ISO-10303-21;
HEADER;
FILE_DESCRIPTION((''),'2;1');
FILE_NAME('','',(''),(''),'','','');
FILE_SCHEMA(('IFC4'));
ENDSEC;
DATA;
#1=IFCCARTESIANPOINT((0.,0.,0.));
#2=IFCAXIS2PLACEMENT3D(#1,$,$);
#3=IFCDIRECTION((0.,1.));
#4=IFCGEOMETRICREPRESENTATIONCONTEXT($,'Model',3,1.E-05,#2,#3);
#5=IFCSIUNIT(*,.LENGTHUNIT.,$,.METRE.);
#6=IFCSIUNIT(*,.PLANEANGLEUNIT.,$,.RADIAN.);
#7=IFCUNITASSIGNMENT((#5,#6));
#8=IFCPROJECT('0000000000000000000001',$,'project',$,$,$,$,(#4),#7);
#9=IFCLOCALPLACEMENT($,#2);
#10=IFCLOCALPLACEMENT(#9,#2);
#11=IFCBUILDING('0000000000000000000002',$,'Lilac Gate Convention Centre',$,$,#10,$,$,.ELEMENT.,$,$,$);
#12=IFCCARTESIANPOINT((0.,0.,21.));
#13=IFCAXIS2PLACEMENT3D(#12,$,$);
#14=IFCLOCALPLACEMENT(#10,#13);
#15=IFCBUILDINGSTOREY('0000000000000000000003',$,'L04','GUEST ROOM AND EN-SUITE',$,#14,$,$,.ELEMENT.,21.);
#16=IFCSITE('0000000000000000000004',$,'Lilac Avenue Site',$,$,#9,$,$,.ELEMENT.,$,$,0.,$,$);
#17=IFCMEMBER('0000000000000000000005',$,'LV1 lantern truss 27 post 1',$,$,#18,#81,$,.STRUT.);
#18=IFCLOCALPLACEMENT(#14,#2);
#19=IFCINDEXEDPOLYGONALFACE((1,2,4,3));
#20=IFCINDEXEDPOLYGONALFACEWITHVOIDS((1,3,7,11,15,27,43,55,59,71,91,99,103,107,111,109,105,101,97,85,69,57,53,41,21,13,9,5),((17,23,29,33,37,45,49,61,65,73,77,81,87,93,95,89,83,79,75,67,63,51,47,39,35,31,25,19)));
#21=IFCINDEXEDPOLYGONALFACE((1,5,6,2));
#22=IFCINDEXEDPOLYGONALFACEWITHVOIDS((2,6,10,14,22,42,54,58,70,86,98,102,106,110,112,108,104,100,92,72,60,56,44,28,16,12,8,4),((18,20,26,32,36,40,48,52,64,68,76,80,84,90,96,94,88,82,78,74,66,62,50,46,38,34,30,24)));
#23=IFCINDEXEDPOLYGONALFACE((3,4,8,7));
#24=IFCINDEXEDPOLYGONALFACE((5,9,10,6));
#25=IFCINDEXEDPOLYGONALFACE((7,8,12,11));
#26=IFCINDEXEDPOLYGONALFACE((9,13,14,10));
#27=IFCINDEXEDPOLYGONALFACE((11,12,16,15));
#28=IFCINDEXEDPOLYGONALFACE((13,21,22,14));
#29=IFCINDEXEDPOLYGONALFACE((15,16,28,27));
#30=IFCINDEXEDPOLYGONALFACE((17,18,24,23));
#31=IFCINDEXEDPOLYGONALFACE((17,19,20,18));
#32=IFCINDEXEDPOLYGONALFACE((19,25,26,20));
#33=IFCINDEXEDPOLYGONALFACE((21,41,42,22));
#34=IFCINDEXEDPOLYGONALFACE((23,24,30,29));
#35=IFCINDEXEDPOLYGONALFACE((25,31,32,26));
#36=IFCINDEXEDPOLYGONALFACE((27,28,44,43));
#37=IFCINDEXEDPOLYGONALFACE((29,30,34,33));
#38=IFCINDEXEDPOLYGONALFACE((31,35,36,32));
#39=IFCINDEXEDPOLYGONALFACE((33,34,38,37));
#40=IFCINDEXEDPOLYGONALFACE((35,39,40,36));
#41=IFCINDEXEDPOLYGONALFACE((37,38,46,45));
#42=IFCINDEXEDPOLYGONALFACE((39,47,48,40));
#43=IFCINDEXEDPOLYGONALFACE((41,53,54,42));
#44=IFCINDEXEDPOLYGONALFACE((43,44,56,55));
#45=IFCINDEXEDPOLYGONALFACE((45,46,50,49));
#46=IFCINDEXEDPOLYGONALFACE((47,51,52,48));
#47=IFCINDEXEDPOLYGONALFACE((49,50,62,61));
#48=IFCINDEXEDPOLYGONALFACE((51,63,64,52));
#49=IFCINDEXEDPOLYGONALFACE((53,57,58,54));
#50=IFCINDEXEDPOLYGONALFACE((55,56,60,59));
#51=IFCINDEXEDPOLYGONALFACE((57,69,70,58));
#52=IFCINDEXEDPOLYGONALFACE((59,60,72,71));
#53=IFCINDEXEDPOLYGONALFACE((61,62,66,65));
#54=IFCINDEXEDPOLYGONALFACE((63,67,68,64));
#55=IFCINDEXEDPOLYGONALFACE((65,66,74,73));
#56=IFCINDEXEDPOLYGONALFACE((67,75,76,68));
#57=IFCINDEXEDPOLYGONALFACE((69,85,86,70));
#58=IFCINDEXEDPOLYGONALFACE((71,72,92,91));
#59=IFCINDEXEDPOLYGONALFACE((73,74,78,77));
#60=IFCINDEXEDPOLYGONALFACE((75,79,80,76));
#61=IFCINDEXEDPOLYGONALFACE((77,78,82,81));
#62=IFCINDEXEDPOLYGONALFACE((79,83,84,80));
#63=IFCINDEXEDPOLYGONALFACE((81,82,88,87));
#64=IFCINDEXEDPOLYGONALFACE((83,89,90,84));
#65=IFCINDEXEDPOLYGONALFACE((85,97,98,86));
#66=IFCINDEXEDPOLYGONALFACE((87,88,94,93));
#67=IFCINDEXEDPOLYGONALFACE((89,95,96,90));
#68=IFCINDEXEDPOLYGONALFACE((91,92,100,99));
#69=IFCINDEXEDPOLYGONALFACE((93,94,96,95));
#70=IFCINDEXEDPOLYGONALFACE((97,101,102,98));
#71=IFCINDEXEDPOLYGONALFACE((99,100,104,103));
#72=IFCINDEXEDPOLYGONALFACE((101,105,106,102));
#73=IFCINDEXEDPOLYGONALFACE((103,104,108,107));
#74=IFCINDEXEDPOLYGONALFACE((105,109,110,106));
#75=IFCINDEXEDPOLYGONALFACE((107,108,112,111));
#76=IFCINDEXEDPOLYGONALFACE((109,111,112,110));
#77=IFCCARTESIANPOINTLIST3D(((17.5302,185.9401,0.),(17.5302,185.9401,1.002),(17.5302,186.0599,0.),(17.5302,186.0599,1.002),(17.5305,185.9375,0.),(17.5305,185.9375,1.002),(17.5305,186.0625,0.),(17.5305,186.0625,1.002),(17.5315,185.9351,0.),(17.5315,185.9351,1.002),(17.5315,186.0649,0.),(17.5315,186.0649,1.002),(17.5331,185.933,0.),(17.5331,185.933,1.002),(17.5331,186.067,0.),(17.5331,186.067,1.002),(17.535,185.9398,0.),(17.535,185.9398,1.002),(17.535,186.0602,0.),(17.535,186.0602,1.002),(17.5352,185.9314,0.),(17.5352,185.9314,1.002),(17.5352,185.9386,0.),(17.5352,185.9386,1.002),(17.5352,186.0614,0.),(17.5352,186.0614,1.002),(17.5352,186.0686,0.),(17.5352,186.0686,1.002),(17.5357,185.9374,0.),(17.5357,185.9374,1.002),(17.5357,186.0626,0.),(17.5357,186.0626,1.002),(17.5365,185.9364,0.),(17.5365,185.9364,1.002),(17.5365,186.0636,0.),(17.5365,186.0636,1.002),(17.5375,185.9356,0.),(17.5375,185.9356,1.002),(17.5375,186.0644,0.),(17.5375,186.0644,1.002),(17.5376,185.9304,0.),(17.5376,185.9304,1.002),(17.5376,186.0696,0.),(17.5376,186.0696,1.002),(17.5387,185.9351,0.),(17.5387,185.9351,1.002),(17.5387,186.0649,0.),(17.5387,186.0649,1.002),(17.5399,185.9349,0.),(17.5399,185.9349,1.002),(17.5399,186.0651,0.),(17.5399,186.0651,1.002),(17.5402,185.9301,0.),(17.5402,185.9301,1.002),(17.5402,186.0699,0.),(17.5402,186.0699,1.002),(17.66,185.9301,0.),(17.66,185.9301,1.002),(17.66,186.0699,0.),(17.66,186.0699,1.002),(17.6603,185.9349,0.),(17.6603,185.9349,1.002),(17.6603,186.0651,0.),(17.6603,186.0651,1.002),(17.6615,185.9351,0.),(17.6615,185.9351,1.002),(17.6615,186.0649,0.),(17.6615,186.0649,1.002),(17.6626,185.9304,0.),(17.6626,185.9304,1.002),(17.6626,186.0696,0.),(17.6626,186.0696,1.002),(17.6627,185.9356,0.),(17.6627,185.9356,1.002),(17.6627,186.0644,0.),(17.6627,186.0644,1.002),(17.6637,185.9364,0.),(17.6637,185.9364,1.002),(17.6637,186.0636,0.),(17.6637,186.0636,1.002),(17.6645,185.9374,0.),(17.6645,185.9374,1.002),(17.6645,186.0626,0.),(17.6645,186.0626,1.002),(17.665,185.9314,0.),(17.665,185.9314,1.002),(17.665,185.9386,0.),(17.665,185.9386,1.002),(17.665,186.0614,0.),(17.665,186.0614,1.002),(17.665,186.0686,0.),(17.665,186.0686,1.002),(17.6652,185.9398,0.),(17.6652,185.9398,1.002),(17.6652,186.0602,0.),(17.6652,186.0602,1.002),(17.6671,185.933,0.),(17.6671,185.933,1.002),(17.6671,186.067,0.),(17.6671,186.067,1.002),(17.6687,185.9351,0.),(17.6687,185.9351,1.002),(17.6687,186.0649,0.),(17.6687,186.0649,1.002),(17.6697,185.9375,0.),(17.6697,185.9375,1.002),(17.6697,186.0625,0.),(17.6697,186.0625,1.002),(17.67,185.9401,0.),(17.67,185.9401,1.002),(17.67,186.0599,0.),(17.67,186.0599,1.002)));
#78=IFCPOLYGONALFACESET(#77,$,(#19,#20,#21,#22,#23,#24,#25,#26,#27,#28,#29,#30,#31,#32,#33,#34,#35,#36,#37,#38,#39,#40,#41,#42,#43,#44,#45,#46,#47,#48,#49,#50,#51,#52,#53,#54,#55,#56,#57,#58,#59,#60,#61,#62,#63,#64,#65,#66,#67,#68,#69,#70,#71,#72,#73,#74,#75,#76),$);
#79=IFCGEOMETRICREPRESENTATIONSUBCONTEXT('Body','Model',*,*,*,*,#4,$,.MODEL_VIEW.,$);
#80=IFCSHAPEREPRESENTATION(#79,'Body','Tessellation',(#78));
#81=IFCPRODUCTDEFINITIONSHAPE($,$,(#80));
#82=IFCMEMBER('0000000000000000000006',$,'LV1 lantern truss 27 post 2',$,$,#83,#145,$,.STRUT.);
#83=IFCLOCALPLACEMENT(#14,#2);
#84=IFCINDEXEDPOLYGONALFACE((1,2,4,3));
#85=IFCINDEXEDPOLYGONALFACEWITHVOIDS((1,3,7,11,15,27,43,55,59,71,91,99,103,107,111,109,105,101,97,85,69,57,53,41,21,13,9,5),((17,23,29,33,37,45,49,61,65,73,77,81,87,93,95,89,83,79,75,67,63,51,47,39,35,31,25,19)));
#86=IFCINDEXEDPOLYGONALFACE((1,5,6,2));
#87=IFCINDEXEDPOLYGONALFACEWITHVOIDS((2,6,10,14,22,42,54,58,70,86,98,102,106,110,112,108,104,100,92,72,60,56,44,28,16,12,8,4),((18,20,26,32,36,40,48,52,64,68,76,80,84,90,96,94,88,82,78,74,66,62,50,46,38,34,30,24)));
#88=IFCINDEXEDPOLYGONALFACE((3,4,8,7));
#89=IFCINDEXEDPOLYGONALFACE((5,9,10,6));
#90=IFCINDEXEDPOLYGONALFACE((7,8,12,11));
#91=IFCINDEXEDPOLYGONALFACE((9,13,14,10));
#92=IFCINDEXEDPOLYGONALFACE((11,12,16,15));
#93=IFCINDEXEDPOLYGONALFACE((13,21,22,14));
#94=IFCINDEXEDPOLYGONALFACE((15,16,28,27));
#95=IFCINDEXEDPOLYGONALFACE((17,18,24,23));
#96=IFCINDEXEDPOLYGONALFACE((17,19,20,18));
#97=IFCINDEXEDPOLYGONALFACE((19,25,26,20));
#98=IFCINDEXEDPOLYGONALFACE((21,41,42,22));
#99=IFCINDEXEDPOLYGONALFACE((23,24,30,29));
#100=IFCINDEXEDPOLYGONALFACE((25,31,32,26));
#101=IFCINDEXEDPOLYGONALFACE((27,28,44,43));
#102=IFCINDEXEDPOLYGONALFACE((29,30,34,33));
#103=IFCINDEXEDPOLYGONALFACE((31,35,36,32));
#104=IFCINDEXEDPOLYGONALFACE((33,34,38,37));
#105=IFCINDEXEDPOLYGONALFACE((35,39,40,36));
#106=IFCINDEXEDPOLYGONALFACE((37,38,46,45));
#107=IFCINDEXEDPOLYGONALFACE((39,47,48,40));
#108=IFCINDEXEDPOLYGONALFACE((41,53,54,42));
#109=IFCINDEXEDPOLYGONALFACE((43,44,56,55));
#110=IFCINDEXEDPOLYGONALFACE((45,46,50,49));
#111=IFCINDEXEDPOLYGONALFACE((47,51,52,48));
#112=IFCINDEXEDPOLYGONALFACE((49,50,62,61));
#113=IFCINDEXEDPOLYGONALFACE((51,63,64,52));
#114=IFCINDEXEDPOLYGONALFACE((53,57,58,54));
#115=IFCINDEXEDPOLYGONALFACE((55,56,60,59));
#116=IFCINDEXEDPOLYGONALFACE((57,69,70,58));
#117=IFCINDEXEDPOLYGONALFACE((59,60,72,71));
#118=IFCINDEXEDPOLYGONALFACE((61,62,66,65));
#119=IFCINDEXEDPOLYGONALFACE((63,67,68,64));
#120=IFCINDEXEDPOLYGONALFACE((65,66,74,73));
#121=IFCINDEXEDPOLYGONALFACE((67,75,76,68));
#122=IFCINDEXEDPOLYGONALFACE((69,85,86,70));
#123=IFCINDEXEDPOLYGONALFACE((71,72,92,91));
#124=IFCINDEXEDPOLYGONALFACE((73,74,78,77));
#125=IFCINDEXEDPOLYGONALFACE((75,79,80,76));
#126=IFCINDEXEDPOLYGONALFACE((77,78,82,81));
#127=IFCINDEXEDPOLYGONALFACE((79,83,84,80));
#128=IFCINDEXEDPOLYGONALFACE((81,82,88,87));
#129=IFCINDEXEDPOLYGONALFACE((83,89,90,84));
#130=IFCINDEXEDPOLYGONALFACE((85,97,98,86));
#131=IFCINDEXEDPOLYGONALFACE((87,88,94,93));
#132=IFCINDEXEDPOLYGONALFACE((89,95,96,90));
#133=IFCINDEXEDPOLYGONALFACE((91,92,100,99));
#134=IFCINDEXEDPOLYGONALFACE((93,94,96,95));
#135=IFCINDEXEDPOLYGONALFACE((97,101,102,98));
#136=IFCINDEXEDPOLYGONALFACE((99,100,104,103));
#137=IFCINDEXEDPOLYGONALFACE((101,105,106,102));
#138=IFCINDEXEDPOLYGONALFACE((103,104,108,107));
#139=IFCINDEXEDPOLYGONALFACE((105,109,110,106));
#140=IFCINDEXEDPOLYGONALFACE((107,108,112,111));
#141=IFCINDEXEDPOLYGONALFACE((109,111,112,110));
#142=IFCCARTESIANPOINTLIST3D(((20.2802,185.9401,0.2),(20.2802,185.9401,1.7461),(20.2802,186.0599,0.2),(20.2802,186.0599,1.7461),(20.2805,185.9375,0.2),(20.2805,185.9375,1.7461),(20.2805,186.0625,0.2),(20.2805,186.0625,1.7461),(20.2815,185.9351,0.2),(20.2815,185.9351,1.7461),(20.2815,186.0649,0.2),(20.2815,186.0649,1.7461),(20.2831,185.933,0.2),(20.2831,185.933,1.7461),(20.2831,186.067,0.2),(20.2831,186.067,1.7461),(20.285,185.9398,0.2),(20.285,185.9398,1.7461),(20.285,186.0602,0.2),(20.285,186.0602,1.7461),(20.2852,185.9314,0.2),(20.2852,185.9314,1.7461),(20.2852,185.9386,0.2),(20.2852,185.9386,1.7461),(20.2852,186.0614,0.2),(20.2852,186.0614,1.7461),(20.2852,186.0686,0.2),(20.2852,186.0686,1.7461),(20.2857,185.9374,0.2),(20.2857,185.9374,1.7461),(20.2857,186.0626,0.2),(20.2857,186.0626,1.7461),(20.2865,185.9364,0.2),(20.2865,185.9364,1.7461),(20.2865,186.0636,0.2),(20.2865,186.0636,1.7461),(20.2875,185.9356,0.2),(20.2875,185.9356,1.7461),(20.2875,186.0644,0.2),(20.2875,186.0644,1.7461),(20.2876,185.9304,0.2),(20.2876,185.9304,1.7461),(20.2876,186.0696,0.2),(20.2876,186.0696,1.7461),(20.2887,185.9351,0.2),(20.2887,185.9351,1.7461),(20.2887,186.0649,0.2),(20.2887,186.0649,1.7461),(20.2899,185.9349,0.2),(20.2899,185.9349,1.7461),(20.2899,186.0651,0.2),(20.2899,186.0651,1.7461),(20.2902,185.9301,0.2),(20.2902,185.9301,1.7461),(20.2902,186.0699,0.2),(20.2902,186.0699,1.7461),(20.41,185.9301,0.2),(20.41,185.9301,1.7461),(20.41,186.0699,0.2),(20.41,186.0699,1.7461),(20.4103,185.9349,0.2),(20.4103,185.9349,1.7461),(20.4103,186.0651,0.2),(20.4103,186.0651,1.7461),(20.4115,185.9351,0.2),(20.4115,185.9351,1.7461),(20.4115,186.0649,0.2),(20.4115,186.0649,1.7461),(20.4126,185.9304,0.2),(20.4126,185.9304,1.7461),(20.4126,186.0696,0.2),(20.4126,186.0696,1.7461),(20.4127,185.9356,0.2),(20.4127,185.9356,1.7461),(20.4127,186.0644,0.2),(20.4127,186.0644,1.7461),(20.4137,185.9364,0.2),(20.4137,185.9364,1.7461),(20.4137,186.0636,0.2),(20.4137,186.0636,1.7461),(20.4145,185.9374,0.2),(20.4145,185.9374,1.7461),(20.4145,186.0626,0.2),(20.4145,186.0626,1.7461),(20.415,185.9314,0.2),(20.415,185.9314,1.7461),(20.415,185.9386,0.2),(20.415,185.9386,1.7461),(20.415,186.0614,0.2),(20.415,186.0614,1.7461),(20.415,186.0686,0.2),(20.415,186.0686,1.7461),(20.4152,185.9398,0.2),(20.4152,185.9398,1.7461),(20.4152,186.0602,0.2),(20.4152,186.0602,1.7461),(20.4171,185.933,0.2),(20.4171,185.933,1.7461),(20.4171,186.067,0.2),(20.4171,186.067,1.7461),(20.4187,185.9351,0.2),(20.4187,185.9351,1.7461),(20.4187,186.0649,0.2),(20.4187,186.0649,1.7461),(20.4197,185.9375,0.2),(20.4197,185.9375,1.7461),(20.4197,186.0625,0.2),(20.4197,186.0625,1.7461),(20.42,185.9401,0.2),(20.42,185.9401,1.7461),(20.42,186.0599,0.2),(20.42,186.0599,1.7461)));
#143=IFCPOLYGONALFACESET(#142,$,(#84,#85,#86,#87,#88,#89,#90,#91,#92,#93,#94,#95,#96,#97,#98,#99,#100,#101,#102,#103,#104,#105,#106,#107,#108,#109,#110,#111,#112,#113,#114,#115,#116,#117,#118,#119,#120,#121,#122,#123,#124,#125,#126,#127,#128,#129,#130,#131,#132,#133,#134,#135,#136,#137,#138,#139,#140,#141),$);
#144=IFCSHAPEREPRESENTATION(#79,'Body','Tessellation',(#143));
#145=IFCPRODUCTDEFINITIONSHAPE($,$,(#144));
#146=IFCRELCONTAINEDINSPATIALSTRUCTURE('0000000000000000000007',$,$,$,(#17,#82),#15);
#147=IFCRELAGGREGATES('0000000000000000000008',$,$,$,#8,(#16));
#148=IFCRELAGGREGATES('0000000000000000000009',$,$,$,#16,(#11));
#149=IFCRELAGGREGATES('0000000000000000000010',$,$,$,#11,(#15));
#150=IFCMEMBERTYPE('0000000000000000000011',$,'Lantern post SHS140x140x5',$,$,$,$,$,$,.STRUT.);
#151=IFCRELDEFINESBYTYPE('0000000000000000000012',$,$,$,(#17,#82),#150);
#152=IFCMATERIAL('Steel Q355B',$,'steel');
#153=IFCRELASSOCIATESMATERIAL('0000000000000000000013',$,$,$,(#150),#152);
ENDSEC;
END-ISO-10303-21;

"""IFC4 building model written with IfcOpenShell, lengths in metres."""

from ifc_helpers import new_model, si_unit, direction, frame, origin, origin_2d, place, context, subcontext, project, spatial, hollow_rectangle, extrude, material, material_profile, profile_set, type_object, element, save


model = new_model("IFC4")

# Units and contexts
model_context = context("Model", 3, precision=1e-05, world=origin(), true_north=direction((0.0, 1.0)))
body_context = subcontext(model_context, "Body", "Model", "MODEL_VIEW")
ifc_project = project(units=[si_unit("LENGTHUNIT", "METRE"), si_unit("PLANEANGLEUNIT", "RADIAN")], contexts=[model_context])

# Site, building, storey
site_placement = place(None, origin())
site = spatial("IfcSite", under=ifc_project, at=site_placement, Name="Lilac Avenue Site", CompositionType="ELEMENT", RefElevation=0.0)
building_placement = place(site_placement, origin())
building = spatial("IfcBuilding", under=site, at=building_placement, Name="Lilac Gate Convention Centre", CompositionType="ELEMENT")
storey_placement = place(building_placement, frame((0.0, 0.0, 21.0)))
storey = spatial("IfcBuildingStorey", under=building, at=storey_placement, Name="L04", Description="GUEST ROOM AND EN-SUITE", CompositionType="ELEMENT", Elevation=21.0)

# Members
ifc_material_1 = material(Name="Steel Q355B", Category="steel")
ifc_material_profile_1 = material_profile(ifc_material_1, hollow_rectangle(XDim=0.1399, YDim=0.1399, WallThickness=0.0049, InnerFilletRadius=0.0049, OuterFilletRadius=0.01, at=origin_2d()), Name="SHS140x140x5")
ifc_profile_set_1 = profile_set([ifc_material_profile_1], Name="Steel Q355B")
member_type_1 = type_object("IfcMemberType", Name="Lantern post SHS140x140x5", PredefinedType="STRUT", material=ifc_profile_set_1)
member_1_placement = place(storey_placement, frame((17.6001, 186.0, 0.0), z_axis=(0.0, 0.0, 1.0), x_axis=(1.0, 0.0, 0.0)))
element("IfcMember", 1, at=member_1_placement, inside=storey, type_object=member_type_1, Name="LV1 lantern truss 27 post 1", PredefinedType="STRUT", context=body_context, shape_type="SweptSolid", body=[
    extrude(hollow_rectangle(XDim=0.1399, YDim=0.1399, WallThickness=0.0049, InnerFilletRadius=0.0049, OuterFilletRadius=0.01, at=origin_2d()), origin(), (0.0, 0.0, 1.0), 1.002),
])
member_2_placement = place(storey_placement, frame((20.3501, 186.0, 0.2), z_axis=(0.0, 0.0, 1.0), x_axis=(1.0, 0.0, 0.0)))
element("IfcMember", 2, at=member_2_placement, inside=storey, type_object=member_type_1, Name="LV1 lantern truss 27 post 2", PredefinedType="STRUT", context=body_context, shape_type="SweptSolid", body=[
    extrude(hollow_rectangle(XDim=0.1399, YDim=0.1399, WallThickness=0.0049, InnerFilletRadius=0.0049, OuterFilletRadius=0.01, at=origin_2d()), origin(), (0.0, 0.0, 1.0), 1.5461),
])

save(model, "model.ifc")
